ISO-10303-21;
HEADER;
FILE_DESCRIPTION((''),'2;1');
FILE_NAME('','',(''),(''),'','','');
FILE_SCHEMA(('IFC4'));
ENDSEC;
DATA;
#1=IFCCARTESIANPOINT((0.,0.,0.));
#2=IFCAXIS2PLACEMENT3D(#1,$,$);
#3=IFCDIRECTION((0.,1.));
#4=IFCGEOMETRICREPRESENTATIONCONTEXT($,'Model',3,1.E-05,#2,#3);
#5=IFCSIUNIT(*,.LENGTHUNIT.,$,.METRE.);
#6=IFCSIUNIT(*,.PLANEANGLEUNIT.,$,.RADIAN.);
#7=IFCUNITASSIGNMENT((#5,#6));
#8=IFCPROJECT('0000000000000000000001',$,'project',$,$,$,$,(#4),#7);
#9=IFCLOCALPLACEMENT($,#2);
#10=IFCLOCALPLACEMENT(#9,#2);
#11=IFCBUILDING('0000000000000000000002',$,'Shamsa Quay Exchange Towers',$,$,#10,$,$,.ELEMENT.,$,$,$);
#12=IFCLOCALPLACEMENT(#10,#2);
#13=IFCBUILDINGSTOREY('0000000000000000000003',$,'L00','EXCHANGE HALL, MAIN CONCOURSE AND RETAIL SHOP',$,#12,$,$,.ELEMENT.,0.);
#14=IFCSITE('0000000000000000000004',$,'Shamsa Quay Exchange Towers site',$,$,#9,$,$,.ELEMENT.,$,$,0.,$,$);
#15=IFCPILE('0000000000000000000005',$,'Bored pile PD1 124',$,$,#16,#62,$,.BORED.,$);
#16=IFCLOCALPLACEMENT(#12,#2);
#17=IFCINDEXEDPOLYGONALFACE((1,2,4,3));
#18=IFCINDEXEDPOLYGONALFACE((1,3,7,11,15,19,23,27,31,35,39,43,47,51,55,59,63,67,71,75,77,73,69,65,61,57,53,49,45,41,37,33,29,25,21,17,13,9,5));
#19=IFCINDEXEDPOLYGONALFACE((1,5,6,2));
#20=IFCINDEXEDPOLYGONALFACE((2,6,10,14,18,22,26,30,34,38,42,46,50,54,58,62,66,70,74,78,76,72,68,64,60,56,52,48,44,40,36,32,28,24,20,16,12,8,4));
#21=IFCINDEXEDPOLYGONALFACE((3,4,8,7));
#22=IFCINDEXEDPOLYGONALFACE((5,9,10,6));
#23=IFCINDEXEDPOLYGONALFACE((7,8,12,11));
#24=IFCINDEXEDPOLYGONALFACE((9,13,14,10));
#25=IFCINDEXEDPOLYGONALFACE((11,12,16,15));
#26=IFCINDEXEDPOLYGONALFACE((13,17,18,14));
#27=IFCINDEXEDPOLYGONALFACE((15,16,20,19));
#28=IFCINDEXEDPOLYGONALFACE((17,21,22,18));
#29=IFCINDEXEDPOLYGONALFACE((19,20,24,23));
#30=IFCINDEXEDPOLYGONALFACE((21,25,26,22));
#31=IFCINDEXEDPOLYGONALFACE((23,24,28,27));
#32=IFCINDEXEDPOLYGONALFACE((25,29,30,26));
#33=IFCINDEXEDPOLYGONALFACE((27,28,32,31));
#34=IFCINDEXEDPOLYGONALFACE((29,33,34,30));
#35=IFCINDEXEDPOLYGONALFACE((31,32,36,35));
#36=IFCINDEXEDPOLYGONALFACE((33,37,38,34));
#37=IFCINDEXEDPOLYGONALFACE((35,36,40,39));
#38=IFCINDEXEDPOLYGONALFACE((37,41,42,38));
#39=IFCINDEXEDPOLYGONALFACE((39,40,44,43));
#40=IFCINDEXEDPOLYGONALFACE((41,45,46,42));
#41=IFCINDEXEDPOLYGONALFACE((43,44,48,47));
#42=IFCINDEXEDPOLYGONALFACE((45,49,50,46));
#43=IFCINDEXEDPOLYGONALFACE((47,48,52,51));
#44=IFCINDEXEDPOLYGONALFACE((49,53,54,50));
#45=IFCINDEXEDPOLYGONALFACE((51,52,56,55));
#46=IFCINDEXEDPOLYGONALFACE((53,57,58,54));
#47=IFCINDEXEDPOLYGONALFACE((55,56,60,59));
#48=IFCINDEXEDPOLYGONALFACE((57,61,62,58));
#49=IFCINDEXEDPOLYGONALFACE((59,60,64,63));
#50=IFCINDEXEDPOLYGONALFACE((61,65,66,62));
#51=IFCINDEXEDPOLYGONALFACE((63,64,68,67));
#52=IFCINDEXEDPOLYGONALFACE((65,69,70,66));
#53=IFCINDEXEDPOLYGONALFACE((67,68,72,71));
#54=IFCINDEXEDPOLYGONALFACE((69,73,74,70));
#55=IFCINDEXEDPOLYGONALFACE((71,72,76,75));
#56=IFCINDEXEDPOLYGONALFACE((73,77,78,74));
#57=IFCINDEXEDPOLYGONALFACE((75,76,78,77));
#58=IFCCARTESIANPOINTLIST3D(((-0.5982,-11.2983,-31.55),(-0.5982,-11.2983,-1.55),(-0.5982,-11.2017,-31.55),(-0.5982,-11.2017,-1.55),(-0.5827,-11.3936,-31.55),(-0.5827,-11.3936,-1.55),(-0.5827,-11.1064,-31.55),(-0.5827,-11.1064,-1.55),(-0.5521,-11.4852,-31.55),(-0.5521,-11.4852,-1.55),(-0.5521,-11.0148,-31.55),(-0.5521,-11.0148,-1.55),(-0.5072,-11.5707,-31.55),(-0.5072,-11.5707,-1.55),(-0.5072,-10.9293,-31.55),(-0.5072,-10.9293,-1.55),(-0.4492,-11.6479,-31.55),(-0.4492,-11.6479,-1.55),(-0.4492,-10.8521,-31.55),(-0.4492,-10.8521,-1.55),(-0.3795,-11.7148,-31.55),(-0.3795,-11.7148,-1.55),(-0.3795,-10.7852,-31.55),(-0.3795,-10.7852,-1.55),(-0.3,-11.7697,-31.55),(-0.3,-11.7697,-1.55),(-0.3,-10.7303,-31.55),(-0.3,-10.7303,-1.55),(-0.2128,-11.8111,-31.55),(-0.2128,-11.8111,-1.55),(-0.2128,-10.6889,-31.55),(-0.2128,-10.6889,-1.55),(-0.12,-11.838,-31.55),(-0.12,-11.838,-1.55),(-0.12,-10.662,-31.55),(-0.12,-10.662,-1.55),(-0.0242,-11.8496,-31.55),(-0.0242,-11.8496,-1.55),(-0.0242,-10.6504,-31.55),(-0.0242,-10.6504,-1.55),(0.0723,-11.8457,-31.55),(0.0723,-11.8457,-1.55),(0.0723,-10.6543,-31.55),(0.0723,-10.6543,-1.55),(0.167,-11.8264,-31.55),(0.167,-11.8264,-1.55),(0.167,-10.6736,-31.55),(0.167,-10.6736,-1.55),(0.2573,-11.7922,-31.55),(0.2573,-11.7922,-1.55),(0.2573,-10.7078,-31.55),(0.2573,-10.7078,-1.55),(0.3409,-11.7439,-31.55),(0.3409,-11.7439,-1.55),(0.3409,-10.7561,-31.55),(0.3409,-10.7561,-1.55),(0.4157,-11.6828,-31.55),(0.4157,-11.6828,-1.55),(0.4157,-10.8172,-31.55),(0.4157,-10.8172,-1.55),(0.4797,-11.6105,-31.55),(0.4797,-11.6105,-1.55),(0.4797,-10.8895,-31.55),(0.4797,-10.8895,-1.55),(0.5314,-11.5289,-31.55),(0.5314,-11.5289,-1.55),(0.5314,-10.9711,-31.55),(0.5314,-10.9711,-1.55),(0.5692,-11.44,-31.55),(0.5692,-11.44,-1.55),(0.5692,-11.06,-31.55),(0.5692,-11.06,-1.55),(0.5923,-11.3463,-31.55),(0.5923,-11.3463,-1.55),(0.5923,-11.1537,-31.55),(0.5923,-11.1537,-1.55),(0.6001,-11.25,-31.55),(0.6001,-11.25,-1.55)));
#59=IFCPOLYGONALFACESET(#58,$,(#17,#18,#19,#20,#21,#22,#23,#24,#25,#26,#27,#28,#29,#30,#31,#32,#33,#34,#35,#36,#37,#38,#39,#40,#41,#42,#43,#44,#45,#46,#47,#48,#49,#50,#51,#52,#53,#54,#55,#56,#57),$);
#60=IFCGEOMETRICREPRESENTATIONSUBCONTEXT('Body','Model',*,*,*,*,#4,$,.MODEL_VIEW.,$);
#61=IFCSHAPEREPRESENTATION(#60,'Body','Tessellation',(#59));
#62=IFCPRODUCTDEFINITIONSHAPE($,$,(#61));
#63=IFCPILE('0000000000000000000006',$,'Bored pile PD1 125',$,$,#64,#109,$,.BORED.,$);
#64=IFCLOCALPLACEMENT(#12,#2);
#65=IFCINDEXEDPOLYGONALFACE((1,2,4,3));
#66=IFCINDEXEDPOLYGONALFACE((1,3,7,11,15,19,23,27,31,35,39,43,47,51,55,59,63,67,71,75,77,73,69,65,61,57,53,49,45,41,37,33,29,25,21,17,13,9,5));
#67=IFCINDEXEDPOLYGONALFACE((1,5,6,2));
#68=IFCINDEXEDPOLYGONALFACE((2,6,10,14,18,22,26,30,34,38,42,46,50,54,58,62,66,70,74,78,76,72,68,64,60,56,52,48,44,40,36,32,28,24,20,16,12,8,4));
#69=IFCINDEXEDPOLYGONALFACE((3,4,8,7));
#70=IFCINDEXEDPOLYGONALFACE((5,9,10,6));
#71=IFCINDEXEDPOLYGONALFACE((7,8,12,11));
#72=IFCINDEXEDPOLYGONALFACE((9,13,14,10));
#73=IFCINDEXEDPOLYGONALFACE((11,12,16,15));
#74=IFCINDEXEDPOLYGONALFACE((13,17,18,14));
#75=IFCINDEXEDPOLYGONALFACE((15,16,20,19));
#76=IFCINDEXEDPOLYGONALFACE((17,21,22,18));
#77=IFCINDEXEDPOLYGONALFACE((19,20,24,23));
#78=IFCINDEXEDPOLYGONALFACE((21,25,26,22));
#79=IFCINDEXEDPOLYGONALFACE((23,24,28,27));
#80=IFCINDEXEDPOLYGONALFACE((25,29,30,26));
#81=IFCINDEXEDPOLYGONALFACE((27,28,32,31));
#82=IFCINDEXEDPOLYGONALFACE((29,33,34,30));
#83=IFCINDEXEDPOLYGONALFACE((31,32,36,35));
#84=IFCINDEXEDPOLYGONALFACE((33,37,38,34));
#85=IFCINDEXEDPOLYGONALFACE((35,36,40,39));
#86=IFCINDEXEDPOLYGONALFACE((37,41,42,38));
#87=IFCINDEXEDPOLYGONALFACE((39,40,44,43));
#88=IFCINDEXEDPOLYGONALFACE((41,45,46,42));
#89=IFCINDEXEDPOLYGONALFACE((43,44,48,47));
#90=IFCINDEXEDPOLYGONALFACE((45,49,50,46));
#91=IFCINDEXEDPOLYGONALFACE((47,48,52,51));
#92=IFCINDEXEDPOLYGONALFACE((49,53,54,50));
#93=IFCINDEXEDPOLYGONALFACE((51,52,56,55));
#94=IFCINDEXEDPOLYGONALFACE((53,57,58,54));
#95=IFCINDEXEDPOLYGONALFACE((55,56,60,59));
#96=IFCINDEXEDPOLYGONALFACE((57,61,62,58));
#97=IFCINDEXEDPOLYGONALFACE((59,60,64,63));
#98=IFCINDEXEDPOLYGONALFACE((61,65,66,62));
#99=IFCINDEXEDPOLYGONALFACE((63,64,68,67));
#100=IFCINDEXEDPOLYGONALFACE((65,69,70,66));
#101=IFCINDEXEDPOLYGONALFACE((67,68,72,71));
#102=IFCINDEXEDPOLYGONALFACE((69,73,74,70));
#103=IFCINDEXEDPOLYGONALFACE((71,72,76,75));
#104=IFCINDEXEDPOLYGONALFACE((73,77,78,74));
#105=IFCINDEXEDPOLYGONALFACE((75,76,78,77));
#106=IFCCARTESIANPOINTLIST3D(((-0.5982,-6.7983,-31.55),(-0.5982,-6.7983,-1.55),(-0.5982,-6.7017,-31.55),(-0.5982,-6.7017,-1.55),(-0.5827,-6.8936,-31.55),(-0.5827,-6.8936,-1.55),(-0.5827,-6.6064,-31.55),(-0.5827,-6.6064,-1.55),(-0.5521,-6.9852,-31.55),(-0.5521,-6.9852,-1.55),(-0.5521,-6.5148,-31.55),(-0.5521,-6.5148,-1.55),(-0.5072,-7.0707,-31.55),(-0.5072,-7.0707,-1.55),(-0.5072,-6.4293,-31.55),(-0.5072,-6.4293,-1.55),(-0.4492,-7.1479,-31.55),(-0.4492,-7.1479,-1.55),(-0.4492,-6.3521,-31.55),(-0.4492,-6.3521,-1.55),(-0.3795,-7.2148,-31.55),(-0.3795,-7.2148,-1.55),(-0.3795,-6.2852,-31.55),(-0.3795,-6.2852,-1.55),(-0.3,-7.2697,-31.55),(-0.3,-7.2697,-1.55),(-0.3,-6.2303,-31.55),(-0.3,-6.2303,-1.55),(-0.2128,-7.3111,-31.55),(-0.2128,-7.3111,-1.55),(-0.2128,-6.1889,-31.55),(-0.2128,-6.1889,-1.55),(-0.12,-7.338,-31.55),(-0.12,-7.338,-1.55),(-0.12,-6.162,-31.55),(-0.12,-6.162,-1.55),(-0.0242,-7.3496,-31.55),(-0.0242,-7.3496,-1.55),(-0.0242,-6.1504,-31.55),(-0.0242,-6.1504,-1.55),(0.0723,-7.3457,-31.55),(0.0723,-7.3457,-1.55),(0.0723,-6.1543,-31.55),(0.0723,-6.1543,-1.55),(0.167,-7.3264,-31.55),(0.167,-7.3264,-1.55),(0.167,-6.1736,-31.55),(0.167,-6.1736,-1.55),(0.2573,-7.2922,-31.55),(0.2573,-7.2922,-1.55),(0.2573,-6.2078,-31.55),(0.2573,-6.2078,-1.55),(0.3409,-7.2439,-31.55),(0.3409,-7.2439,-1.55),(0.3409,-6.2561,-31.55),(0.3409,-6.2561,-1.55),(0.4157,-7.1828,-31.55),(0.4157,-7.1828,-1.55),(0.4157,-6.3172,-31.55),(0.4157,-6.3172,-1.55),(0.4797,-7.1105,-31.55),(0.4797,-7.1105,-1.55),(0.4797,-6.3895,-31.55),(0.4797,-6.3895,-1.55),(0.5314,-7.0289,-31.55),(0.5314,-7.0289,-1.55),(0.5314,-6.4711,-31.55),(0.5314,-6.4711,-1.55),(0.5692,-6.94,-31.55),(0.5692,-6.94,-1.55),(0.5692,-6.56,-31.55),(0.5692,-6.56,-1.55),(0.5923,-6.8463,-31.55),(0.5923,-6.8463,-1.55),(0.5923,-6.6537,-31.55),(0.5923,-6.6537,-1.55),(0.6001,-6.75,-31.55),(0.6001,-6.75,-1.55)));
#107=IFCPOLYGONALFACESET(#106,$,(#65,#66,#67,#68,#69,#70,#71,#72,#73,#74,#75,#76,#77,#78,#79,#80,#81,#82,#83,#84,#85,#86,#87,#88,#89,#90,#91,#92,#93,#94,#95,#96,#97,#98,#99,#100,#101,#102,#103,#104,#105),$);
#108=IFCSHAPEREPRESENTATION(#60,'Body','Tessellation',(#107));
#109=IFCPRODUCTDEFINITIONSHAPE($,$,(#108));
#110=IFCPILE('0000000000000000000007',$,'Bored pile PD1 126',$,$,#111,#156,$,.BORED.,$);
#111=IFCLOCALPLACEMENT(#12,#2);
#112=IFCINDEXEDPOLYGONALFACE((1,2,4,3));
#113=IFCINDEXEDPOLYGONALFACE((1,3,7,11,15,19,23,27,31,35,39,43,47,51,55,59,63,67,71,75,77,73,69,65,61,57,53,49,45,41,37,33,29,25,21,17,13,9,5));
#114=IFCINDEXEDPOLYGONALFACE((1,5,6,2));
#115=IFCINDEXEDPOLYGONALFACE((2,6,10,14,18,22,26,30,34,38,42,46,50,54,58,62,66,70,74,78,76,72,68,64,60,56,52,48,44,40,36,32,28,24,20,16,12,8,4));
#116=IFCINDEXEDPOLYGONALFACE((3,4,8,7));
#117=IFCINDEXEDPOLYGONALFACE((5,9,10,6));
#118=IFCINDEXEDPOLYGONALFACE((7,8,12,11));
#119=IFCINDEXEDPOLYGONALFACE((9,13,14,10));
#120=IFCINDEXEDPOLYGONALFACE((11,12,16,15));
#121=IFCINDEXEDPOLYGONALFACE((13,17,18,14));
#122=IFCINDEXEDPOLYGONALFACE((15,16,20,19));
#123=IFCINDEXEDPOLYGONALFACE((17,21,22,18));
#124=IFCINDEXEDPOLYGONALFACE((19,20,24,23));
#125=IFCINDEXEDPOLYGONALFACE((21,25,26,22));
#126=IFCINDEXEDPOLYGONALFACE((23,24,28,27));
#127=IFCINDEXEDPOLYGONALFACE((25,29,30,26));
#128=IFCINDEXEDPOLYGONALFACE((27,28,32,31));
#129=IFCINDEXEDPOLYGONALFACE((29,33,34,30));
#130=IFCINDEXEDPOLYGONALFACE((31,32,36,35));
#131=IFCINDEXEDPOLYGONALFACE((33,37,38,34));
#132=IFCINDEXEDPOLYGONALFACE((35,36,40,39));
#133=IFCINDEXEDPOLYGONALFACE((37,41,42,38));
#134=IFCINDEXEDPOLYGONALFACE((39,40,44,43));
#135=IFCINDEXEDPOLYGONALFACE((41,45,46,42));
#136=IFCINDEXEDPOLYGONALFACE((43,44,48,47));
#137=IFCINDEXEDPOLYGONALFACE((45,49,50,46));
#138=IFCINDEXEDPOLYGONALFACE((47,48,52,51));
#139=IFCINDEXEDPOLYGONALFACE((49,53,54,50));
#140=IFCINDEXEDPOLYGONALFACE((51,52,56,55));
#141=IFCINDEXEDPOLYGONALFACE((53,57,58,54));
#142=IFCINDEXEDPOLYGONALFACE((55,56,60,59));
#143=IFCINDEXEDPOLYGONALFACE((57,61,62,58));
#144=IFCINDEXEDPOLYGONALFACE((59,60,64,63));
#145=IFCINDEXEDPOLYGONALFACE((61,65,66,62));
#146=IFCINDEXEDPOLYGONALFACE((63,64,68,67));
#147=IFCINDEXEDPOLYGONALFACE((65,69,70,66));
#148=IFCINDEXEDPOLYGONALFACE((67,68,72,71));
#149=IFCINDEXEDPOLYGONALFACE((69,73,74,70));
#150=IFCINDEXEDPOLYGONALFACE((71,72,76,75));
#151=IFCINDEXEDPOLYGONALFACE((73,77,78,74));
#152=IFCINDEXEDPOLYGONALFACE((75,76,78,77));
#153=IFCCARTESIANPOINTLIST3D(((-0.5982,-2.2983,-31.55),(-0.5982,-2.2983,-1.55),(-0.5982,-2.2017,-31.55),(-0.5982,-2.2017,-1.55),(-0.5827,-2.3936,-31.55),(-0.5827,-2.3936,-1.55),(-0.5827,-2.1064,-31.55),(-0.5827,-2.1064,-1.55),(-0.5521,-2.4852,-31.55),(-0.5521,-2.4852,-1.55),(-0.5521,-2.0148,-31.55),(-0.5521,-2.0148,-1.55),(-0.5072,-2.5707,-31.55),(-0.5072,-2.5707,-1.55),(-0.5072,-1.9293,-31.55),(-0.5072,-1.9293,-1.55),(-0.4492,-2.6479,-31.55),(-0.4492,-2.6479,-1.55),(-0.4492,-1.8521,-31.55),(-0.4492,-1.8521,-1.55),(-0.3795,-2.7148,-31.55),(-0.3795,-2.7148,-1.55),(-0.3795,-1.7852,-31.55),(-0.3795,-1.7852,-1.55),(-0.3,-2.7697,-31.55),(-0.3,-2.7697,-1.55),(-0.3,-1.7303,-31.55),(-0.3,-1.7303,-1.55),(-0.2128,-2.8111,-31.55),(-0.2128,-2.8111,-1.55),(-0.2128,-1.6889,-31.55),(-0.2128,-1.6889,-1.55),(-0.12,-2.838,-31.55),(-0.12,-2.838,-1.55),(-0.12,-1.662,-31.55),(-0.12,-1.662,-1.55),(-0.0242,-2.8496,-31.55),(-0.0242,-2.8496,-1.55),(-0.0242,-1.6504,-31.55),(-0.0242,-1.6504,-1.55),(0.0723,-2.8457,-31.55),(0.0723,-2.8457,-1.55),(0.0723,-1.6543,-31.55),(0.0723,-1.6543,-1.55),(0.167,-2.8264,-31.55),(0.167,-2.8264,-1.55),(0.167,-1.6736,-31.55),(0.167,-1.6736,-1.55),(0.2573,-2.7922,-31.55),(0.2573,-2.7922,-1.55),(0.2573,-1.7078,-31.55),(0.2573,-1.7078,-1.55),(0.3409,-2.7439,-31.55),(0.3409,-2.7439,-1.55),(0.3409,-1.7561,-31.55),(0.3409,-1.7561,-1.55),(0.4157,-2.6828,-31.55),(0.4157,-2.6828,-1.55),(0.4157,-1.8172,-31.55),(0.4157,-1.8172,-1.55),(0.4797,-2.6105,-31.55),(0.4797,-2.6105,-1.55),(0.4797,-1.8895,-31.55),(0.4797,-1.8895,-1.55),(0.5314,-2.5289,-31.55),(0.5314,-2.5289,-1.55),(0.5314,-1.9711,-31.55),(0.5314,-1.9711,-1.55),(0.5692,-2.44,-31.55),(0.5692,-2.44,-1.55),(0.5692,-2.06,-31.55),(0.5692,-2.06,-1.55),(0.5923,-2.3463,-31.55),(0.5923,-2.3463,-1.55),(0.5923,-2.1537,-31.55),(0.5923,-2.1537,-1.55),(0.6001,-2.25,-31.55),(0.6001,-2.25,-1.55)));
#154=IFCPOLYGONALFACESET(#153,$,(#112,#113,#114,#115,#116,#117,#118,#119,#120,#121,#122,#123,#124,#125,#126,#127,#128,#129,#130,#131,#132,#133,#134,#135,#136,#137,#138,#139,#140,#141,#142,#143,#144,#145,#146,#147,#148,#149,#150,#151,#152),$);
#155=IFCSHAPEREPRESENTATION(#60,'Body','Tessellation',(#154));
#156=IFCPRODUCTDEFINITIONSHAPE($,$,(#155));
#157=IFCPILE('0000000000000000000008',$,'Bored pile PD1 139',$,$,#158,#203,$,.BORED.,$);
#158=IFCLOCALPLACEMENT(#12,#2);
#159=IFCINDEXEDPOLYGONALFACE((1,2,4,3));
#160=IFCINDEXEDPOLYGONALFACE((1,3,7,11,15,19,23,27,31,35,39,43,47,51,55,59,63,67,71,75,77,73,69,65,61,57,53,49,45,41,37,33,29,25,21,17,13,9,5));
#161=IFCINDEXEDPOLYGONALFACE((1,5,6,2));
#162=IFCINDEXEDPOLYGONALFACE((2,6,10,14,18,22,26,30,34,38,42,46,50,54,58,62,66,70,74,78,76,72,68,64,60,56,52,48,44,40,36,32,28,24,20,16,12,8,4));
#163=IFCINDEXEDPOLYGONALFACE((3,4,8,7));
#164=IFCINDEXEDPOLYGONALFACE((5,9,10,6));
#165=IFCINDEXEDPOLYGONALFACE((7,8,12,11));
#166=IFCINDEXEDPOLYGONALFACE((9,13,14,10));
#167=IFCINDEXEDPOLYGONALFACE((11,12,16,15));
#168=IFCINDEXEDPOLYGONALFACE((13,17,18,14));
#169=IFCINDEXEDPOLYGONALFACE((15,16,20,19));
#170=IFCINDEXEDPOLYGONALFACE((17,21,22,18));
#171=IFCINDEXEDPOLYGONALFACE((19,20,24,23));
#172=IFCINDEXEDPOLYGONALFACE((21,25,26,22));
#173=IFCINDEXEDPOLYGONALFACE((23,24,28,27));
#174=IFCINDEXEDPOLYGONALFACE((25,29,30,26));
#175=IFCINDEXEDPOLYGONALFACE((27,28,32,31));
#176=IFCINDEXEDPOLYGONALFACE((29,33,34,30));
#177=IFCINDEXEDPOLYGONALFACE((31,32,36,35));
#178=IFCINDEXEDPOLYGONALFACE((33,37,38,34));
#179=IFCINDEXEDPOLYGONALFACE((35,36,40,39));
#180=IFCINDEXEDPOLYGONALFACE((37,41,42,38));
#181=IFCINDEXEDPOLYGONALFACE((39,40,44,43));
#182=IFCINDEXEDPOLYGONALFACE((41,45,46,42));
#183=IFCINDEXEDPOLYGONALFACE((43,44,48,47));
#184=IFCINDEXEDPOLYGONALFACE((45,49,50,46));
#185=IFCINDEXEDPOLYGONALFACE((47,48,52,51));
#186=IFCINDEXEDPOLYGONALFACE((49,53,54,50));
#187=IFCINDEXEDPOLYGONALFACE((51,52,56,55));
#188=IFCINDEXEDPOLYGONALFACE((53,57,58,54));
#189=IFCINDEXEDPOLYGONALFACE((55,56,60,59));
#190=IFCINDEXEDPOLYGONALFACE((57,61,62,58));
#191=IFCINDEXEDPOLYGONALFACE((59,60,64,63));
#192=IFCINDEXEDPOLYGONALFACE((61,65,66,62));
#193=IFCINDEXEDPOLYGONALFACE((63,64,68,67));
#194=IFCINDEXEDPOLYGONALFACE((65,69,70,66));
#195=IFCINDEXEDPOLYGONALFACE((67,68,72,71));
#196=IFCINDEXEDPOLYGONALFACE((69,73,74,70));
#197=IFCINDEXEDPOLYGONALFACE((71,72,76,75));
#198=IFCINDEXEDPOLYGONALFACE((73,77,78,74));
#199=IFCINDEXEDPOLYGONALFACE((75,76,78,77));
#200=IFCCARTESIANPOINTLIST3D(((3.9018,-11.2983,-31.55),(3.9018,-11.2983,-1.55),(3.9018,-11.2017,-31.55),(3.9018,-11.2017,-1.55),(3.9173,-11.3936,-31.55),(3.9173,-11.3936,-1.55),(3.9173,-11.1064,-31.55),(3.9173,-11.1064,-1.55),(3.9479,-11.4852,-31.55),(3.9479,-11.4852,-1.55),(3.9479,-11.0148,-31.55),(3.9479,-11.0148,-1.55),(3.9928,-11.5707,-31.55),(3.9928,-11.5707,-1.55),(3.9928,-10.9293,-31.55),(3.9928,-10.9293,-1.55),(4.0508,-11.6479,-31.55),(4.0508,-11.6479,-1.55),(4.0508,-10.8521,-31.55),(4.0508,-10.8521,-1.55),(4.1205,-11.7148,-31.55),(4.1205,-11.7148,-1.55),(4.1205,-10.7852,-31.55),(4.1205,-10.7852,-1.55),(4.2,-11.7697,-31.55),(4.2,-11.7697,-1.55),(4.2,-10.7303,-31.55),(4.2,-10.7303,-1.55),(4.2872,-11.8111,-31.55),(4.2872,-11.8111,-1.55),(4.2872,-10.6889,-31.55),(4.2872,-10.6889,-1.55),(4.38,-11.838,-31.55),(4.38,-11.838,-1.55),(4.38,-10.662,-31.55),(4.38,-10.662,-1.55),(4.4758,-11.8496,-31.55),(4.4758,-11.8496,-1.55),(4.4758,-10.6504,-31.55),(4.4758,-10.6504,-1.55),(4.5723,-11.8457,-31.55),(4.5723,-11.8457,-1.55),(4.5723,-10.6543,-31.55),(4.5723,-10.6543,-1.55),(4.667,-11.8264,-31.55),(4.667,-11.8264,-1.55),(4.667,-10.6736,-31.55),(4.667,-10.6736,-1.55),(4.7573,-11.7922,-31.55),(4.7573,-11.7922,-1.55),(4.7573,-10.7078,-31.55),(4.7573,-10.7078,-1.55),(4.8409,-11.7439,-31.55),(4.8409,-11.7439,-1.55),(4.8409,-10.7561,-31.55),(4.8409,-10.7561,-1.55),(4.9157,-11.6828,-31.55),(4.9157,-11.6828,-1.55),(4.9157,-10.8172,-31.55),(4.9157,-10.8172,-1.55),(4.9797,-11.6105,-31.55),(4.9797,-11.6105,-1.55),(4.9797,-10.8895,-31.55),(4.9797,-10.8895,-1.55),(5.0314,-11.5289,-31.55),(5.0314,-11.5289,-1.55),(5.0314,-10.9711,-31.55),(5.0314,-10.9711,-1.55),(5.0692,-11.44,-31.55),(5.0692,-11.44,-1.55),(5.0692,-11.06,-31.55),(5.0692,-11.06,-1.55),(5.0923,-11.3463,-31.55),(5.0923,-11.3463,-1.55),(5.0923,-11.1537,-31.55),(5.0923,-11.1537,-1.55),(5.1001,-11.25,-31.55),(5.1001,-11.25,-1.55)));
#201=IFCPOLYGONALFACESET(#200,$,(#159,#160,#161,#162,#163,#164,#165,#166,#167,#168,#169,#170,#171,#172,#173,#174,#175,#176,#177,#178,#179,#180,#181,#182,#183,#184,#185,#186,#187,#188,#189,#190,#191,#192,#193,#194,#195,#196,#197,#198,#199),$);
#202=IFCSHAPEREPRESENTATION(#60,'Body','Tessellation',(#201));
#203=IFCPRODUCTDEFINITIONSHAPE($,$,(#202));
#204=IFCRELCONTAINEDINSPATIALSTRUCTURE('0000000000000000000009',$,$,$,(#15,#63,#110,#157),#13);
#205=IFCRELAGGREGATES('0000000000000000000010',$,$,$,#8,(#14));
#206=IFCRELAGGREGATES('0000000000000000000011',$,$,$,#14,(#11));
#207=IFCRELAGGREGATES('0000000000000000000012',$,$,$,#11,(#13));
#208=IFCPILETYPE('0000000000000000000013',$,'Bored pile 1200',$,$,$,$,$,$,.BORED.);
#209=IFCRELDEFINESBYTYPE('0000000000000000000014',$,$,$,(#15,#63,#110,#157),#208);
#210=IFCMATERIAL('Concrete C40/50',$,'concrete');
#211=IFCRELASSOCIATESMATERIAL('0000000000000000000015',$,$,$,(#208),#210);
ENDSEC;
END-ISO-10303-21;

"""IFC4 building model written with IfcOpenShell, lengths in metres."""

from ifc_helpers import new_model, si_unit, direction, frame, origin, origin_2d, place, context, subcontext, project, spatial, circle, extrude, material, material_profile, profile_set, type_object, element, save


model = new_model("IFC4")

# Units and contexts
model_context = context("Model", 3, precision=1e-05, world=origin(), true_north=direction((0.0, 1.0)))
body_context = subcontext(model_context, "Body", "Model", "MODEL_VIEW")
ifc_project = project(units=[si_unit("LENGTHUNIT", "METRE"), si_unit("PLANEANGLEUNIT", "RADIAN")], contexts=[model_context])

# Site, building, storey
site_placement = place(None, origin())
site = spatial("IfcSite", under=ifc_project, at=site_placement, Name="Shamsa Quay Exchange Towers site", CompositionType="ELEMENT", RefElevation=0.0)
building_placement = place(site_placement, origin())
building = spatial("IfcBuilding", under=site, at=building_placement, Name="Shamsa Quay Exchange Towers", CompositionType="ELEMENT")
storey_placement = place(building_placement, origin())
storey = spatial("IfcBuildingStorey", under=building, at=storey_placement, Name="L00", Description="EXCHANGE HALL, MAIN CONCOURSE AND RETAIL SHOP", CompositionType="ELEMENT", Elevation=0.0)

# Piles
ifc_material_1 = material(Name="Concrete C40/50", Category="concrete")
ifc_material_profile_1 = material_profile(ifc_material_1, circle(Radius=0.6001, at=origin_2d()), Name="BP1200")
ifc_profile_set_1 = profile_set([ifc_material_profile_1], Name="Concrete C40/50")
pile_type_1 = type_object("IfcPileType", Name="Bored pile 1200", PredefinedType="BORED", material=ifc_profile_set_1)
for number, where, z_axis, x_axis, name in (
    (1, (0.0, -11.25, -1.55), (0.0, 0.0, -1.0), (1.0, 0.0, 0.0), "Bored pile PD1 124"),
    (2, (0.0, -6.75, -1.55), (0.0, 0.0, -1.0), (1.0, 0.0, 0.0), "Bored pile PD1 125"),
    (3, (0.0, -2.25, -1.55), (0.0, 0.0, -1.0), (1.0, 0.0, 0.0), "Bored pile PD1 126"),
    (4, (4.5, -11.25, -1.55), (0.0, 0.0, -1.0), (1.0, 0.0, 0.0), "Bored pile PD1 139"),
):
    element("IfcPile", number, at=place(storey_placement, frame(where, z_axis=z_axis, x_axis=x_axis)), inside=storey, type_object=pile_type_1, Name=name, PredefinedType="BORED", context=body_context, shape_type="SweptSolid", body=[
        extrude(circle(Radius=0.6001, at=origin_2d()), origin(), (0.0, 0.0, 1.0), 30.0),
    ])

save(model, "model.ifc")
